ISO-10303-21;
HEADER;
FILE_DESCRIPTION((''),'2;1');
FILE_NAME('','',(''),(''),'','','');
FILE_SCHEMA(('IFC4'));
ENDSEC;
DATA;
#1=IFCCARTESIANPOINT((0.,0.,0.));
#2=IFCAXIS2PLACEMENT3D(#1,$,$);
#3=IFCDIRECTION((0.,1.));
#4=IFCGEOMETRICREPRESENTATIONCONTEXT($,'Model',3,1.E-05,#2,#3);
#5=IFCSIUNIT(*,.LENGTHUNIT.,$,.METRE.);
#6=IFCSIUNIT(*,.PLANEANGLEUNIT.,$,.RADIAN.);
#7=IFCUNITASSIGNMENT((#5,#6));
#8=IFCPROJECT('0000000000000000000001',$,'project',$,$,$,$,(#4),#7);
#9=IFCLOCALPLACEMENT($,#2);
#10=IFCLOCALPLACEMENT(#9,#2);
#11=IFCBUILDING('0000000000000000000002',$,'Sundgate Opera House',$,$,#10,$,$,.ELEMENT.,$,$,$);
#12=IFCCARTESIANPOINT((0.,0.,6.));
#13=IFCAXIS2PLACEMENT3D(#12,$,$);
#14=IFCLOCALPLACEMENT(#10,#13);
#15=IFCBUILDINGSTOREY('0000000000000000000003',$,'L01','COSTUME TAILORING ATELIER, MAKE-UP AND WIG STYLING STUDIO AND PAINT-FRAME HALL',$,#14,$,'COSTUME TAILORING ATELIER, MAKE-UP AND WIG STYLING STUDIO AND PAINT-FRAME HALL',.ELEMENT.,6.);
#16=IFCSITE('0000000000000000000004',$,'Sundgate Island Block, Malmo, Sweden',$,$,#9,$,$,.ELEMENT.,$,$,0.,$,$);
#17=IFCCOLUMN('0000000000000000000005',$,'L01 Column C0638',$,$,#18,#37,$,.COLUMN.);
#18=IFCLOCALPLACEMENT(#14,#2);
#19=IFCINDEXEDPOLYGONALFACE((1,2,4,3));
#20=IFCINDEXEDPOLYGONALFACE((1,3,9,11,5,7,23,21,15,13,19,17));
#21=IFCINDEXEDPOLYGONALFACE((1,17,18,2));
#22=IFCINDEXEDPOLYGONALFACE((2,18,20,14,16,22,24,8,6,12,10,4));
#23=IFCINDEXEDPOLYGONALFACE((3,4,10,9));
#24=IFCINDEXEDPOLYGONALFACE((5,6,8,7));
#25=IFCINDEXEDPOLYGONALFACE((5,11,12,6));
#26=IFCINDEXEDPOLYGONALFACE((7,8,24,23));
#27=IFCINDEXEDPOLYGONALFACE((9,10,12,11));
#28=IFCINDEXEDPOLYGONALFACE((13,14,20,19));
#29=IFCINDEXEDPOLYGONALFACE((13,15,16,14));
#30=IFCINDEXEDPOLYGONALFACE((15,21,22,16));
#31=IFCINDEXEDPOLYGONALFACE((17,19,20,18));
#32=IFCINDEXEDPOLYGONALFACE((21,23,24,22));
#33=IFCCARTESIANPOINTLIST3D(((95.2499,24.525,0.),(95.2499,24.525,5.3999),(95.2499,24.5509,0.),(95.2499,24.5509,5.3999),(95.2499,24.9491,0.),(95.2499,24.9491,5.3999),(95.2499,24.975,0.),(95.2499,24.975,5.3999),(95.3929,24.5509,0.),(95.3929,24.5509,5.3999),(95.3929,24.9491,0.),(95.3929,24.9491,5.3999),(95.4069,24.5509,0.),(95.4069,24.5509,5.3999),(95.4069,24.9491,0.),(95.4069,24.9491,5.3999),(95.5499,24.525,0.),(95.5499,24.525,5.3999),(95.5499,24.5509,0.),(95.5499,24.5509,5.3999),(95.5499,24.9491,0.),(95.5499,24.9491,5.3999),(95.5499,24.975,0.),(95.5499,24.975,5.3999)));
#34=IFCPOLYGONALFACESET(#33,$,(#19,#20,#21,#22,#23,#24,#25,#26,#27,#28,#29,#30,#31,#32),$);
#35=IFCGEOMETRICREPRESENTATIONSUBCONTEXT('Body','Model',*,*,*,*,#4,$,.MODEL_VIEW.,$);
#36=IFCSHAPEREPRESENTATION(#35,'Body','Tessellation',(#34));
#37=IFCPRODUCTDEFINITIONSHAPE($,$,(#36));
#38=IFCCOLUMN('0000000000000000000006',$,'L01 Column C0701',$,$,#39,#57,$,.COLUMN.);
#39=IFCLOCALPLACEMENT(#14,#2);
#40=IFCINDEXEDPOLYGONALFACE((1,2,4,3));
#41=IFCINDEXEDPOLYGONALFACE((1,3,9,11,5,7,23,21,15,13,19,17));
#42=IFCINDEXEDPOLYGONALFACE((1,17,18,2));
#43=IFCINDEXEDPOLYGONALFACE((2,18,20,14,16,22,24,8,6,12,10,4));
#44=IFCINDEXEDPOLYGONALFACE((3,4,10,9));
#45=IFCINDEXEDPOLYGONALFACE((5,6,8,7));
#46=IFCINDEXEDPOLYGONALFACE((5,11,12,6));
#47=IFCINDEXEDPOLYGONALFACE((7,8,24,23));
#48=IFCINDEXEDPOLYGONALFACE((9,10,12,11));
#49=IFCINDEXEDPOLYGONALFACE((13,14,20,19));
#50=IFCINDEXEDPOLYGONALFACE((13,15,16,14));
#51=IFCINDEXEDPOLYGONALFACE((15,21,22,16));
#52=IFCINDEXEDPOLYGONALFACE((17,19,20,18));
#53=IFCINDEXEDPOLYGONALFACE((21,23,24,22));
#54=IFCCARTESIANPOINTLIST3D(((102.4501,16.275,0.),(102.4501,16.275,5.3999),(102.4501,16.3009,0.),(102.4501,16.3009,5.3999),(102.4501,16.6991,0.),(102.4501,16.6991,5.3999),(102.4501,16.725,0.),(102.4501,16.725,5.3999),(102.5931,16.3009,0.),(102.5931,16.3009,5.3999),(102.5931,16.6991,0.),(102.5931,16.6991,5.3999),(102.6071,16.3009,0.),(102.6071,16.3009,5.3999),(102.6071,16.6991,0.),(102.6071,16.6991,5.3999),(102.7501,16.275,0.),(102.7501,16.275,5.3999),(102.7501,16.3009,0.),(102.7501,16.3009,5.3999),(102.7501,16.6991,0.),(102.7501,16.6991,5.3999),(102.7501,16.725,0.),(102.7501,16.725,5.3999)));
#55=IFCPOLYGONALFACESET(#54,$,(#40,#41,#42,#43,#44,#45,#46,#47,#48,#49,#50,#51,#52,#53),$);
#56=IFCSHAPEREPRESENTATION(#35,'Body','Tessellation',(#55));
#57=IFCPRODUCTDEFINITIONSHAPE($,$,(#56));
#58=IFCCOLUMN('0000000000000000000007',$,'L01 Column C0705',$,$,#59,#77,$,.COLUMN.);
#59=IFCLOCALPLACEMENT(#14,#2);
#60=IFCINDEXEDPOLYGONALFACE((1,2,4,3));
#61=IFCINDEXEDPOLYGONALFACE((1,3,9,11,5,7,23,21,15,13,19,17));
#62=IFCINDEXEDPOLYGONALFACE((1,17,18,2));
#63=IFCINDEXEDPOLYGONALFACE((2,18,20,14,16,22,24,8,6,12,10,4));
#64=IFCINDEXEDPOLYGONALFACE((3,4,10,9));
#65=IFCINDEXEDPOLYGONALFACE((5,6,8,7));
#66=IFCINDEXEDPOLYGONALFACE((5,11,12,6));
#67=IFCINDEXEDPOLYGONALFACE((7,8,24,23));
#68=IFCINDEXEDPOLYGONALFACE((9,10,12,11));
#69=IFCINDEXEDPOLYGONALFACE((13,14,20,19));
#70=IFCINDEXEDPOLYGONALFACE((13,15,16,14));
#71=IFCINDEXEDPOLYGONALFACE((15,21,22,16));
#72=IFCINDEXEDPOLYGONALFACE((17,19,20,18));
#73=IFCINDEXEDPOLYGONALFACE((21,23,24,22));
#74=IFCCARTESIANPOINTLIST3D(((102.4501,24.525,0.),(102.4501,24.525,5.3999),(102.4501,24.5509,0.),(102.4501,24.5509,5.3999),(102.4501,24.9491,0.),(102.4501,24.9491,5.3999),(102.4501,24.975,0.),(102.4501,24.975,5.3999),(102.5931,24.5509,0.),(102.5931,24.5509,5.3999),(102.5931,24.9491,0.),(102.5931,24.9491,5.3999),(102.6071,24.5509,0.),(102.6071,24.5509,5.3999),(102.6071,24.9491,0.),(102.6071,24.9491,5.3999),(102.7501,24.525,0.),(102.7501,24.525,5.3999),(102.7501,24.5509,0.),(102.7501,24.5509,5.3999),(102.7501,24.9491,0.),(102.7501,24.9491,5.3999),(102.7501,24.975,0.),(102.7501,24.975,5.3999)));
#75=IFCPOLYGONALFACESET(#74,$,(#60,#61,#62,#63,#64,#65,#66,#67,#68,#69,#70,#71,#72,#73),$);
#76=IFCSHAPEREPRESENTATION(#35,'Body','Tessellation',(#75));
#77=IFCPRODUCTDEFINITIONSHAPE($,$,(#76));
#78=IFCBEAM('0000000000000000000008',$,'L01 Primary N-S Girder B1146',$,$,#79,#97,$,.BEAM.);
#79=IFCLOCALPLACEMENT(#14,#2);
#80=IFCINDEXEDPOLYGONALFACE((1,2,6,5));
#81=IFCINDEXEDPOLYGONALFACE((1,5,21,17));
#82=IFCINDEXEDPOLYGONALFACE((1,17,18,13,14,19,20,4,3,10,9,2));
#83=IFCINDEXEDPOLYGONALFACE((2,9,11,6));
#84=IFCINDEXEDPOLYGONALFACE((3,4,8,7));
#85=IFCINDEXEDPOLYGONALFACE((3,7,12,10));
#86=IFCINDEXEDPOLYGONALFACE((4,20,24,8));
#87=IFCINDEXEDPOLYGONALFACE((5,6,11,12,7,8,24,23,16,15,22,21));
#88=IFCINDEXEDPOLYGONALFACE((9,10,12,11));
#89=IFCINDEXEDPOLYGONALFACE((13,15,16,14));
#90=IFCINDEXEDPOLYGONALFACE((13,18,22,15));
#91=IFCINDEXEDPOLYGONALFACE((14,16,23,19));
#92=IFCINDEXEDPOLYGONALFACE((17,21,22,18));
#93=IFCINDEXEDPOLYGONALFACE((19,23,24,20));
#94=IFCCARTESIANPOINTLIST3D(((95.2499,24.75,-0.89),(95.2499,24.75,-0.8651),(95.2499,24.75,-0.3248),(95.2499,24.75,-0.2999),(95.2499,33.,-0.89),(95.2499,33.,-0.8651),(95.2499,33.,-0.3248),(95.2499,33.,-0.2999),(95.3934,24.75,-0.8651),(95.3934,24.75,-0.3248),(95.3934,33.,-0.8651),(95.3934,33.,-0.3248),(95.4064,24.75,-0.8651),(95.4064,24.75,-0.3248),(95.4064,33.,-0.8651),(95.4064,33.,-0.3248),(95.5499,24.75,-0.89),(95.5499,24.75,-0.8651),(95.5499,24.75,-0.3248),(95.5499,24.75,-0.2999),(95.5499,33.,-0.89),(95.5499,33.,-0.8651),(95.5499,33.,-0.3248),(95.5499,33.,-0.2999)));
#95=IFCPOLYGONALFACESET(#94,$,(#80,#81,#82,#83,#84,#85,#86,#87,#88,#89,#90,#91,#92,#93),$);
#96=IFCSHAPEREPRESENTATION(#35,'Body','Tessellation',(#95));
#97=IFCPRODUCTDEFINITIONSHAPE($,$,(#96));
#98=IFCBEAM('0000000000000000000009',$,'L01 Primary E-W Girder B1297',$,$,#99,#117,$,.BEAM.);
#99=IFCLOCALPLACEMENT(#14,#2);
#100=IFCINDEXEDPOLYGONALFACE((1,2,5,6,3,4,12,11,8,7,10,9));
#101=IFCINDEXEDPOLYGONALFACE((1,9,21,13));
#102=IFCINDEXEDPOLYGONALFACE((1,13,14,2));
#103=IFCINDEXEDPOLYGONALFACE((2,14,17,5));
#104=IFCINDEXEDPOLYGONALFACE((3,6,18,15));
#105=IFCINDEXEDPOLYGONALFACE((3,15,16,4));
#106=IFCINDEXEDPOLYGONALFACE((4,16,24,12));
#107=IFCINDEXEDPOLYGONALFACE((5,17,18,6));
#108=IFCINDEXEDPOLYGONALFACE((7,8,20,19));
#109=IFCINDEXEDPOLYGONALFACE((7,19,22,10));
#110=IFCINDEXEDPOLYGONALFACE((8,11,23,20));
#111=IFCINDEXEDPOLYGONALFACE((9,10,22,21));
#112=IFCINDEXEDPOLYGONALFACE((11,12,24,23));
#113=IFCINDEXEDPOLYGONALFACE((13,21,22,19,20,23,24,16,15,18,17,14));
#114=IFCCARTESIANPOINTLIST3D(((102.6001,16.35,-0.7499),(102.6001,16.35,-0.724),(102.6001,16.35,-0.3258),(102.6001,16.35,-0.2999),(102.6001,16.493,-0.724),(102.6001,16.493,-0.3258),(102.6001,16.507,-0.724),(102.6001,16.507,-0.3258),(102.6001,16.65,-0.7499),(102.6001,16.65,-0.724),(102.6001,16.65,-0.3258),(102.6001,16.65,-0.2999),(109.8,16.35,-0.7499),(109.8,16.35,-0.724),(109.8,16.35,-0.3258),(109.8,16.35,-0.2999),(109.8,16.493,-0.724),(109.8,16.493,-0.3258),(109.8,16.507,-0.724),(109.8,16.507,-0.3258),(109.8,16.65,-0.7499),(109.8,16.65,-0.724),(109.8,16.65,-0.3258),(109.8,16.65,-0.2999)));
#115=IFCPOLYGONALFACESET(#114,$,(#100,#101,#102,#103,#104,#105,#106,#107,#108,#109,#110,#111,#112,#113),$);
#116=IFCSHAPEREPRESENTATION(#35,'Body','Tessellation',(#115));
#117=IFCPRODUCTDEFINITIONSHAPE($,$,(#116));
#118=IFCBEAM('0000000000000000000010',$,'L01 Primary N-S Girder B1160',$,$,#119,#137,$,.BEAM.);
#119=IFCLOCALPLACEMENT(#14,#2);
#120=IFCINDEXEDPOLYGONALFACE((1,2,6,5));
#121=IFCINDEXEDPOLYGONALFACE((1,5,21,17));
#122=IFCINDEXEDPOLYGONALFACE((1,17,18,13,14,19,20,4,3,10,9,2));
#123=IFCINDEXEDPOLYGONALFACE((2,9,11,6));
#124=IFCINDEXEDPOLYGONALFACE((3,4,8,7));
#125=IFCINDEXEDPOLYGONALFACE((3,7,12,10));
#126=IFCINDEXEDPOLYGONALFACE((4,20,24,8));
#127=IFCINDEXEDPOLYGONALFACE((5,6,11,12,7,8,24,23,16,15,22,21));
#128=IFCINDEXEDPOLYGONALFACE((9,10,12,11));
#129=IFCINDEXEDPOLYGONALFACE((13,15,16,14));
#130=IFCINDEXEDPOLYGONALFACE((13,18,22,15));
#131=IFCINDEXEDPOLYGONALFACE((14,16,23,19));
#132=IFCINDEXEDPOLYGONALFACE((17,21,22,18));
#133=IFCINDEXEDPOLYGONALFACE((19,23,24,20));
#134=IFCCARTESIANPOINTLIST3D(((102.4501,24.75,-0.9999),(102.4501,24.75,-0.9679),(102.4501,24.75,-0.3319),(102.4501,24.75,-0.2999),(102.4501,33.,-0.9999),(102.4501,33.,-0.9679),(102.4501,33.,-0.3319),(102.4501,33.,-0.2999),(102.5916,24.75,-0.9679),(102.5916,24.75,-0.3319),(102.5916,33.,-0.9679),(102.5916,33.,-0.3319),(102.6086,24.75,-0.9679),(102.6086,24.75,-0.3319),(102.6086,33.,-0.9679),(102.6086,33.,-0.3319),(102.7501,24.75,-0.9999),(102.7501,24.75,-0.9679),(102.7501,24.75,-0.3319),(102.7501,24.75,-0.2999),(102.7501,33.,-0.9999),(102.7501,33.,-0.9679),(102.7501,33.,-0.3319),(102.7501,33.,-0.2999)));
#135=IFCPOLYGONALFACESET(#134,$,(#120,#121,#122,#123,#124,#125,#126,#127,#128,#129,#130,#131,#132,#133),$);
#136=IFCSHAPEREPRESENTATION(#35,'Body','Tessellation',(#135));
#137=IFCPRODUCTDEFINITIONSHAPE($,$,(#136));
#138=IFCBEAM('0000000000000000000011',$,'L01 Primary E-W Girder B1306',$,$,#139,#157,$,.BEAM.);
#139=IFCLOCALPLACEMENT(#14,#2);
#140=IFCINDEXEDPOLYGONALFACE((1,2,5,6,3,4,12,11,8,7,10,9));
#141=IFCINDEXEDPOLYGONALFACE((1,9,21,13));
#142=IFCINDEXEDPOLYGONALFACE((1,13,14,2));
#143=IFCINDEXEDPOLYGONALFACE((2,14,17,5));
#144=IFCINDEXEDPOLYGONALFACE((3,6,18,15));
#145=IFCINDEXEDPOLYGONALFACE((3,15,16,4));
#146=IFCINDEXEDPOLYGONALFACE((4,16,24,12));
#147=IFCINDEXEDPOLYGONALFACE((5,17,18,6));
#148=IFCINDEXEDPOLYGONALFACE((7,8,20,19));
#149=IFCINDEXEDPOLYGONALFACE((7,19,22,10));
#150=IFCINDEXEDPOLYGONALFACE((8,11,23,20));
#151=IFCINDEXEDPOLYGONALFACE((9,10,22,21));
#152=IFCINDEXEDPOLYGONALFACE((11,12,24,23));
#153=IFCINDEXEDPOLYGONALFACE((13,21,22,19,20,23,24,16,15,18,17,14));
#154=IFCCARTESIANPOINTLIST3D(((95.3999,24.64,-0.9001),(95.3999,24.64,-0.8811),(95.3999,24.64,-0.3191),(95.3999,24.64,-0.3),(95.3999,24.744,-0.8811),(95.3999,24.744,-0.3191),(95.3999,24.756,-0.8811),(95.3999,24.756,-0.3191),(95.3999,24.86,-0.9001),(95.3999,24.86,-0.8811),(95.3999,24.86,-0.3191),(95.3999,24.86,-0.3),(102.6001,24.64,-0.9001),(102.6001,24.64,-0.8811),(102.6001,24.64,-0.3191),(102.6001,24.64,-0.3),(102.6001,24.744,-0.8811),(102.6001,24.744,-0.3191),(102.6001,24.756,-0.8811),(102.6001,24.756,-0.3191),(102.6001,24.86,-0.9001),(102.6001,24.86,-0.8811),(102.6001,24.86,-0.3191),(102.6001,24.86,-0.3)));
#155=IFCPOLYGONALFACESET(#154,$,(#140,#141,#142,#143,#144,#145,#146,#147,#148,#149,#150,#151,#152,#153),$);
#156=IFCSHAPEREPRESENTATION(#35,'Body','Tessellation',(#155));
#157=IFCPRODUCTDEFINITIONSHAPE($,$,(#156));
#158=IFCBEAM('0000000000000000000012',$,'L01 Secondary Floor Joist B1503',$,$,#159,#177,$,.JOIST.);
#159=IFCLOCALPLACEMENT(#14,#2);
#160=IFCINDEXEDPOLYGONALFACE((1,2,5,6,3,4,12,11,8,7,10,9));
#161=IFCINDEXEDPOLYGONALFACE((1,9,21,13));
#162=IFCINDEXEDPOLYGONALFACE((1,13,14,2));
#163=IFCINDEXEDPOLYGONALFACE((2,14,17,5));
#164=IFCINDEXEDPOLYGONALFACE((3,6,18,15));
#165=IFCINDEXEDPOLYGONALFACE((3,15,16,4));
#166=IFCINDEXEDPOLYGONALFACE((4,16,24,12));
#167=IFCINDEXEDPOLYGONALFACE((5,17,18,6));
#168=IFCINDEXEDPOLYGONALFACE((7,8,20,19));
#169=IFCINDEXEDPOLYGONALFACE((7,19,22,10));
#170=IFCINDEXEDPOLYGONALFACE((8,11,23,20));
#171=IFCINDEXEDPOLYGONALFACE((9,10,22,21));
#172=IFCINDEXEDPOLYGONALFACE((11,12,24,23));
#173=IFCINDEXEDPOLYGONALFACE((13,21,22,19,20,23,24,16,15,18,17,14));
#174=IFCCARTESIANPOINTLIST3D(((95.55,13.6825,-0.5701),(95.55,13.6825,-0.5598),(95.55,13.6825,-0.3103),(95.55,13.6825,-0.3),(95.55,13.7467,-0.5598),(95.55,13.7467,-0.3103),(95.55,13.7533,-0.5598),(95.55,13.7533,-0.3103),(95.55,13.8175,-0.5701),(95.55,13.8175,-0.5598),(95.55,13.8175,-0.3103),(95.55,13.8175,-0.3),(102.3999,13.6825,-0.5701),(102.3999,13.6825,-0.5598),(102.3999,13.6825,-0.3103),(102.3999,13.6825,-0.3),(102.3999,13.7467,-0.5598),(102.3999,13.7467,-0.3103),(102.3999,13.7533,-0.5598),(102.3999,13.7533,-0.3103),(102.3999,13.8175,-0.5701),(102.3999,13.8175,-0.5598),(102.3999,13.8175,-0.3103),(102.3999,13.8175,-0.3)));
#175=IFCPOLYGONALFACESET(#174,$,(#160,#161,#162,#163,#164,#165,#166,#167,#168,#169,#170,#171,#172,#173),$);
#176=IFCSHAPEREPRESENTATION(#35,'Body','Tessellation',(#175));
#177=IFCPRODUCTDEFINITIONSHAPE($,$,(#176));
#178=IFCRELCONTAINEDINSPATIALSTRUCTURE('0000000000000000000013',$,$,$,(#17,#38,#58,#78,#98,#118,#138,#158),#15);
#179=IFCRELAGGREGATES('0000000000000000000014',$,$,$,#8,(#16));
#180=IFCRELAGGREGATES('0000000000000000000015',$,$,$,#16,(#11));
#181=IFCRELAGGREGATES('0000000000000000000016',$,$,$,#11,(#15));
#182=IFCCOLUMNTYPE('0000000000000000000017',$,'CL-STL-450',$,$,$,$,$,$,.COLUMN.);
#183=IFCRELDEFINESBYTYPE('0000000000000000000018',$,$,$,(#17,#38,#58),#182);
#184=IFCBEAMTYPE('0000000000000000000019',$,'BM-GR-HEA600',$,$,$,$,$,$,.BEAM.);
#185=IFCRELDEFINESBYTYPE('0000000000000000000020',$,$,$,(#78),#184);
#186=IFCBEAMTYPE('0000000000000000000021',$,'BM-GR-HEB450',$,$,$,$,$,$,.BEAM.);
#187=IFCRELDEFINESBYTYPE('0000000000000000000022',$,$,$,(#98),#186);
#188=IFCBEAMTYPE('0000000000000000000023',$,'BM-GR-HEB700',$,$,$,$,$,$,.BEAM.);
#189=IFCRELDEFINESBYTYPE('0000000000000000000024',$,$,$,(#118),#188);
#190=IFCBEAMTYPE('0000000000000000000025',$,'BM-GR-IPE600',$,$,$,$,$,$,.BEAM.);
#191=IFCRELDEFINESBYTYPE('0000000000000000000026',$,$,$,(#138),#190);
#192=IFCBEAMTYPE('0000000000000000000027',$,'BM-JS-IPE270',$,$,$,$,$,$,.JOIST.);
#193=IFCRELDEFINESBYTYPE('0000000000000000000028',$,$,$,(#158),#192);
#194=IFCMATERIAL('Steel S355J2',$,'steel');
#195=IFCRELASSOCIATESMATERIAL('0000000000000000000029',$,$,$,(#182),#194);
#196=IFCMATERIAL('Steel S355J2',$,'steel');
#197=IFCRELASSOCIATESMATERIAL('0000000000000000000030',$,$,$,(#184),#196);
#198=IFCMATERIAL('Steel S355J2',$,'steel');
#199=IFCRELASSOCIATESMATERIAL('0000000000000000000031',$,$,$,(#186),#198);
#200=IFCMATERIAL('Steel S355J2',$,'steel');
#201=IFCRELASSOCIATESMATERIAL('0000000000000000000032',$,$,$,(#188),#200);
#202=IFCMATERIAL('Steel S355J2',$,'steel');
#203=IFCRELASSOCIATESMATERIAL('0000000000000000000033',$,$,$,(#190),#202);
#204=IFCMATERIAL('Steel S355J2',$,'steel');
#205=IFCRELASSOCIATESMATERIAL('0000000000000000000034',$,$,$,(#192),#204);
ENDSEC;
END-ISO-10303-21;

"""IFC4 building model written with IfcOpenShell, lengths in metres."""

from ifc_helpers import new_model, si_unit, direction, frame, origin, origin_2d, place, context, subcontext, project, spatial, i_section, extrude, material, material_profile, profile_set, type_object, element, save


model = new_model("IFC4")

# Units and contexts
model_context = context("Model", 3, precision=1e-05, world=origin(), true_north=direction((0.0, 1.0)))
body_context = subcontext(model_context, "Body", "Model", "MODEL_VIEW")
ifc_project = project(units=[si_unit("LENGTHUNIT", "METRE"), si_unit("PLANEANGLEUNIT", "RADIAN")], contexts=[model_context])

# Site, building, storey
site_placement = place(None, origin())
site = spatial("IfcSite", under=ifc_project, at=site_placement, Name="Sundgate Island Block, Malmo, Sweden", CompositionType="ELEMENT", RefElevation=0.0)
building_placement = place(site_placement, origin())
building = spatial("IfcBuilding", under=site, at=building_placement, Name="Sundgate Opera House", CompositionType="ELEMENT")
storey_placement = place(building_placement, frame((0.0, 0.0, 6.0)))
storey = spatial("IfcBuildingStorey", under=building, at=storey_placement, Name="L01", Description="COSTUME TAILORING ATELIER, MAKE-UP AND WIG STYLING STUDIO AND PAINT-FRAME HALL", LongName="COSTUME TAILORING ATELIER, MAKE-UP AND WIG STYLING STUDIO AND PAINT-FRAME HALL", CompositionType="ELEMENT", Elevation=6.0)

# Columns
ifc_material_1 = material(Name="Steel S355J2", Category="steel")
ifc_material_profile_1 = material_profile(ifc_material_1, i_section(OverallWidth=0.3, OverallDepth=0.45, WebThickness=0.0139, FlangeThickness=0.0259, at=origin_2d()), Name="HEB 450")
ifc_profile_set_1 = profile_set([ifc_material_profile_1], Name="Steel S355J2")
column_type = type_object("IfcColumnType", Name="CL-STL-450", PredefinedType="COLUMN", material=ifc_profile_set_1)
for number, where, z_axis, x_axis, name in (
    (1, (95.3999, 24.75, 0.0), (0.0, 0.0, 1.0), (1.0, 0.0, 0.0), "L01 Column C0638"),
    (2, (102.6001, 16.5, 0.0), (0.0, 0.0, 1.0), (1.0, 0.0, 0.0), "L01 Column C0701"),
    (3, (102.6001, 24.75, 0.0), (0.0, 0.0, 1.0), (1.0, 0.0, 0.0), "L01 Column C0705"),
):
    element("IfcColumn", number, at=place(storey_placement, frame(where, z_axis=z_axis, x_axis=x_axis)), inside=storey, type_object=column_type, Name=name, PredefinedType="COLUMN", context=body_context, shape_type="SweptSolid", body=[
        extrude(i_section(OverallWidth=0.3, OverallDepth=0.45, WebThickness=0.0139, FlangeThickness=0.0259, at=origin_2d()), origin(), (0.0, 0.0, 1.0), 5.3999),
    ])

# Beams
ifc_material_2 = material(Name="Steel S355J2", Category="steel")
ifc_material_profile_2 = material_profile(ifc_material_2, i_section(OverallWidth=0.3, OverallDepth=0.5901, WebThickness=0.0129, FlangeThickness=0.0249, at=origin_2d()), Name="HEA 600")
ifc_profile_set_2 = profile_set([ifc_material_profile_2], Name="Steel S355J2")
beam_type_1 = type_object("IfcBeamType", Name="BM-GR-HEA600", PredefinedType="BEAM", material=ifc_profile_set_2)
beam_1_placement = place(storey_placement, frame((95.3999, 24.75, -0.595), z_axis=(0.0, 1.0, 0.0), x_axis=(-1.0, 0.0, 0.0)))
element("IfcBeam", 4, at=beam_1_placement, inside=storey, type_object=beam_type_1, Name="L01 Primary N-S Girder B1146", PredefinedType="BEAM", context=body_context, shape_type="SweptSolid", body=[
    extrude(i_section(OverallWidth=0.3, OverallDepth=0.5901, WebThickness=0.0129, FlangeThickness=0.0249, at=origin_2d()), origin(), (0.0, 0.0, 1.0), 8.25),
])
ifc_material_3 = material(Name="Steel S355J2", Category="steel")
ifc_material_profile_3 = material_profile(ifc_material_3, i_section(OverallWidth=0.3, OverallDepth=0.45, WebThickness=0.0139, FlangeThickness=0.0259, at=origin_2d()), Name="HEB 450")
ifc_profile_set_3 = profile_set([ifc_material_profile_3], Name="Steel S355J2")
beam_type_2 = type_object("IfcBeamType", Name="BM-GR-HEB450", PredefinedType="BEAM", material=ifc_profile_set_3)
beam_2_placement = place(storey_placement, frame((102.6001, 16.5, -0.5249), z_axis=(1.0, 0.0, 0.0), x_axis=(0.0, 1.0, 0.0)))
element("IfcBeam", 5, at=beam_2_placement, inside=storey, type_object=beam_type_2, Name="L01 Primary E-W Girder B1297", PredefinedType="BEAM", context=body_context, shape_type="SweptSolid", body=[
    extrude(i_section(OverallWidth=0.3, OverallDepth=0.45, WebThickness=0.0139, FlangeThickness=0.0259, at=origin_2d()), origin(), (0.0, 0.0, 1.0), 7.2),
])
ifc_material_4 = material(Name="Steel S355J2", Category="steel")
ifc_material_profile_4 = material_profile(ifc_material_4, i_section(OverallWidth=0.3, OverallDepth=0.7, WebThickness=0.0171, FlangeThickness=0.032, at=origin_2d()), Name="HEB 700")
ifc_profile_set_4 = profile_set([ifc_material_profile_4], Name="Steel S355J2")
beam_type_3 = type_object("IfcBeamType", Name="BM-GR-HEB700", PredefinedType="BEAM", material=ifc_profile_set_4)
beam_3_placement = place(storey_placement, frame((102.6001, 24.75, -0.6499), z_axis=(0.0, 1.0, 0.0), x_axis=(-1.0, 0.0, 0.0)))
element("IfcBeam", 6, at=beam_3_placement, inside=storey, type_object=beam_type_3, Name="L01 Primary N-S Girder B1160", PredefinedType="BEAM", context=body_context, shape_type="SweptSolid", body=[
    extrude(i_section(OverallWidth=0.3, OverallDepth=0.7, WebThickness=0.0171, FlangeThickness=0.032, at=origin_2d()), origin(), (0.0, 0.0, 1.0), 8.25),
])
ifc_material_5 = material(Name="Steel S355J2", Category="steel")
ifc_material_profile_5 = material_profile(ifc_material_5, i_section(OverallWidth=0.22, OverallDepth=0.6001, WebThickness=0.012, FlangeThickness=0.019, at=origin_2d()), Name="IPE 600")
ifc_profile_set_5 = profile_set([ifc_material_profile_5], Name="Steel S355J2")
beam_type_4 = type_object("IfcBeamType", Name="BM-GR-IPE600", PredefinedType="BEAM", material=ifc_profile_set_5)
beam_4_placement = place(storey_placement, frame((95.3999, 24.75, -0.6001), z_axis=(1.0, 0.0, 0.0), x_axis=(0.0, 1.0, 0.0)))
element("IfcBeam", 7, at=beam_4_placement, inside=storey, type_object=beam_type_4, Name="L01 Primary E-W Girder B1306", PredefinedType="BEAM", context=body_context, shape_type="SweptSolid", body=[
    extrude(i_section(OverallWidth=0.22, OverallDepth=0.6001, WebThickness=0.012, FlangeThickness=0.019, at=origin_2d()), origin(), (0.0, 0.0, 1.0), 7.2002),
])
ifc_material_6 = material(Name="Steel S355J2", Category="steel")
ifc_material_profile_6 = material_profile(ifc_material_6, i_section(OverallWidth=0.135, OverallDepth=0.27, WebThickness=0.0066, FlangeThickness=0.0103, at=origin_2d()), Name="IPE 270")
ifc_profile_set_6 = profile_set([ifc_material_profile_6], Name="Steel S355J2")
beam_type_5 = type_object("IfcBeamType", Name="BM-JS-IPE270", PredefinedType="JOIST", material=ifc_profile_set_6)
beam_5_placement = place(storey_placement, frame((95.55, 13.75, -0.4351), z_axis=(1.0, 0.0, 0.0), x_axis=(0.0, 1.0, 0.0)))
element("IfcBeam", 8, at=beam_5_placement, inside=storey, type_object=beam_type_5, Name="L01 Secondary Floor Joist B1503", PredefinedType="JOIST", context=body_context, shape_type="SweptSolid", body=[
    extrude(i_section(OverallWidth=0.135, OverallDepth=0.27, WebThickness=0.0066, FlangeThickness=0.0103, at=origin_2d()), origin(), (0.0, 0.0, 1.0), 6.8499),
])

save(model, "model.ifc")
